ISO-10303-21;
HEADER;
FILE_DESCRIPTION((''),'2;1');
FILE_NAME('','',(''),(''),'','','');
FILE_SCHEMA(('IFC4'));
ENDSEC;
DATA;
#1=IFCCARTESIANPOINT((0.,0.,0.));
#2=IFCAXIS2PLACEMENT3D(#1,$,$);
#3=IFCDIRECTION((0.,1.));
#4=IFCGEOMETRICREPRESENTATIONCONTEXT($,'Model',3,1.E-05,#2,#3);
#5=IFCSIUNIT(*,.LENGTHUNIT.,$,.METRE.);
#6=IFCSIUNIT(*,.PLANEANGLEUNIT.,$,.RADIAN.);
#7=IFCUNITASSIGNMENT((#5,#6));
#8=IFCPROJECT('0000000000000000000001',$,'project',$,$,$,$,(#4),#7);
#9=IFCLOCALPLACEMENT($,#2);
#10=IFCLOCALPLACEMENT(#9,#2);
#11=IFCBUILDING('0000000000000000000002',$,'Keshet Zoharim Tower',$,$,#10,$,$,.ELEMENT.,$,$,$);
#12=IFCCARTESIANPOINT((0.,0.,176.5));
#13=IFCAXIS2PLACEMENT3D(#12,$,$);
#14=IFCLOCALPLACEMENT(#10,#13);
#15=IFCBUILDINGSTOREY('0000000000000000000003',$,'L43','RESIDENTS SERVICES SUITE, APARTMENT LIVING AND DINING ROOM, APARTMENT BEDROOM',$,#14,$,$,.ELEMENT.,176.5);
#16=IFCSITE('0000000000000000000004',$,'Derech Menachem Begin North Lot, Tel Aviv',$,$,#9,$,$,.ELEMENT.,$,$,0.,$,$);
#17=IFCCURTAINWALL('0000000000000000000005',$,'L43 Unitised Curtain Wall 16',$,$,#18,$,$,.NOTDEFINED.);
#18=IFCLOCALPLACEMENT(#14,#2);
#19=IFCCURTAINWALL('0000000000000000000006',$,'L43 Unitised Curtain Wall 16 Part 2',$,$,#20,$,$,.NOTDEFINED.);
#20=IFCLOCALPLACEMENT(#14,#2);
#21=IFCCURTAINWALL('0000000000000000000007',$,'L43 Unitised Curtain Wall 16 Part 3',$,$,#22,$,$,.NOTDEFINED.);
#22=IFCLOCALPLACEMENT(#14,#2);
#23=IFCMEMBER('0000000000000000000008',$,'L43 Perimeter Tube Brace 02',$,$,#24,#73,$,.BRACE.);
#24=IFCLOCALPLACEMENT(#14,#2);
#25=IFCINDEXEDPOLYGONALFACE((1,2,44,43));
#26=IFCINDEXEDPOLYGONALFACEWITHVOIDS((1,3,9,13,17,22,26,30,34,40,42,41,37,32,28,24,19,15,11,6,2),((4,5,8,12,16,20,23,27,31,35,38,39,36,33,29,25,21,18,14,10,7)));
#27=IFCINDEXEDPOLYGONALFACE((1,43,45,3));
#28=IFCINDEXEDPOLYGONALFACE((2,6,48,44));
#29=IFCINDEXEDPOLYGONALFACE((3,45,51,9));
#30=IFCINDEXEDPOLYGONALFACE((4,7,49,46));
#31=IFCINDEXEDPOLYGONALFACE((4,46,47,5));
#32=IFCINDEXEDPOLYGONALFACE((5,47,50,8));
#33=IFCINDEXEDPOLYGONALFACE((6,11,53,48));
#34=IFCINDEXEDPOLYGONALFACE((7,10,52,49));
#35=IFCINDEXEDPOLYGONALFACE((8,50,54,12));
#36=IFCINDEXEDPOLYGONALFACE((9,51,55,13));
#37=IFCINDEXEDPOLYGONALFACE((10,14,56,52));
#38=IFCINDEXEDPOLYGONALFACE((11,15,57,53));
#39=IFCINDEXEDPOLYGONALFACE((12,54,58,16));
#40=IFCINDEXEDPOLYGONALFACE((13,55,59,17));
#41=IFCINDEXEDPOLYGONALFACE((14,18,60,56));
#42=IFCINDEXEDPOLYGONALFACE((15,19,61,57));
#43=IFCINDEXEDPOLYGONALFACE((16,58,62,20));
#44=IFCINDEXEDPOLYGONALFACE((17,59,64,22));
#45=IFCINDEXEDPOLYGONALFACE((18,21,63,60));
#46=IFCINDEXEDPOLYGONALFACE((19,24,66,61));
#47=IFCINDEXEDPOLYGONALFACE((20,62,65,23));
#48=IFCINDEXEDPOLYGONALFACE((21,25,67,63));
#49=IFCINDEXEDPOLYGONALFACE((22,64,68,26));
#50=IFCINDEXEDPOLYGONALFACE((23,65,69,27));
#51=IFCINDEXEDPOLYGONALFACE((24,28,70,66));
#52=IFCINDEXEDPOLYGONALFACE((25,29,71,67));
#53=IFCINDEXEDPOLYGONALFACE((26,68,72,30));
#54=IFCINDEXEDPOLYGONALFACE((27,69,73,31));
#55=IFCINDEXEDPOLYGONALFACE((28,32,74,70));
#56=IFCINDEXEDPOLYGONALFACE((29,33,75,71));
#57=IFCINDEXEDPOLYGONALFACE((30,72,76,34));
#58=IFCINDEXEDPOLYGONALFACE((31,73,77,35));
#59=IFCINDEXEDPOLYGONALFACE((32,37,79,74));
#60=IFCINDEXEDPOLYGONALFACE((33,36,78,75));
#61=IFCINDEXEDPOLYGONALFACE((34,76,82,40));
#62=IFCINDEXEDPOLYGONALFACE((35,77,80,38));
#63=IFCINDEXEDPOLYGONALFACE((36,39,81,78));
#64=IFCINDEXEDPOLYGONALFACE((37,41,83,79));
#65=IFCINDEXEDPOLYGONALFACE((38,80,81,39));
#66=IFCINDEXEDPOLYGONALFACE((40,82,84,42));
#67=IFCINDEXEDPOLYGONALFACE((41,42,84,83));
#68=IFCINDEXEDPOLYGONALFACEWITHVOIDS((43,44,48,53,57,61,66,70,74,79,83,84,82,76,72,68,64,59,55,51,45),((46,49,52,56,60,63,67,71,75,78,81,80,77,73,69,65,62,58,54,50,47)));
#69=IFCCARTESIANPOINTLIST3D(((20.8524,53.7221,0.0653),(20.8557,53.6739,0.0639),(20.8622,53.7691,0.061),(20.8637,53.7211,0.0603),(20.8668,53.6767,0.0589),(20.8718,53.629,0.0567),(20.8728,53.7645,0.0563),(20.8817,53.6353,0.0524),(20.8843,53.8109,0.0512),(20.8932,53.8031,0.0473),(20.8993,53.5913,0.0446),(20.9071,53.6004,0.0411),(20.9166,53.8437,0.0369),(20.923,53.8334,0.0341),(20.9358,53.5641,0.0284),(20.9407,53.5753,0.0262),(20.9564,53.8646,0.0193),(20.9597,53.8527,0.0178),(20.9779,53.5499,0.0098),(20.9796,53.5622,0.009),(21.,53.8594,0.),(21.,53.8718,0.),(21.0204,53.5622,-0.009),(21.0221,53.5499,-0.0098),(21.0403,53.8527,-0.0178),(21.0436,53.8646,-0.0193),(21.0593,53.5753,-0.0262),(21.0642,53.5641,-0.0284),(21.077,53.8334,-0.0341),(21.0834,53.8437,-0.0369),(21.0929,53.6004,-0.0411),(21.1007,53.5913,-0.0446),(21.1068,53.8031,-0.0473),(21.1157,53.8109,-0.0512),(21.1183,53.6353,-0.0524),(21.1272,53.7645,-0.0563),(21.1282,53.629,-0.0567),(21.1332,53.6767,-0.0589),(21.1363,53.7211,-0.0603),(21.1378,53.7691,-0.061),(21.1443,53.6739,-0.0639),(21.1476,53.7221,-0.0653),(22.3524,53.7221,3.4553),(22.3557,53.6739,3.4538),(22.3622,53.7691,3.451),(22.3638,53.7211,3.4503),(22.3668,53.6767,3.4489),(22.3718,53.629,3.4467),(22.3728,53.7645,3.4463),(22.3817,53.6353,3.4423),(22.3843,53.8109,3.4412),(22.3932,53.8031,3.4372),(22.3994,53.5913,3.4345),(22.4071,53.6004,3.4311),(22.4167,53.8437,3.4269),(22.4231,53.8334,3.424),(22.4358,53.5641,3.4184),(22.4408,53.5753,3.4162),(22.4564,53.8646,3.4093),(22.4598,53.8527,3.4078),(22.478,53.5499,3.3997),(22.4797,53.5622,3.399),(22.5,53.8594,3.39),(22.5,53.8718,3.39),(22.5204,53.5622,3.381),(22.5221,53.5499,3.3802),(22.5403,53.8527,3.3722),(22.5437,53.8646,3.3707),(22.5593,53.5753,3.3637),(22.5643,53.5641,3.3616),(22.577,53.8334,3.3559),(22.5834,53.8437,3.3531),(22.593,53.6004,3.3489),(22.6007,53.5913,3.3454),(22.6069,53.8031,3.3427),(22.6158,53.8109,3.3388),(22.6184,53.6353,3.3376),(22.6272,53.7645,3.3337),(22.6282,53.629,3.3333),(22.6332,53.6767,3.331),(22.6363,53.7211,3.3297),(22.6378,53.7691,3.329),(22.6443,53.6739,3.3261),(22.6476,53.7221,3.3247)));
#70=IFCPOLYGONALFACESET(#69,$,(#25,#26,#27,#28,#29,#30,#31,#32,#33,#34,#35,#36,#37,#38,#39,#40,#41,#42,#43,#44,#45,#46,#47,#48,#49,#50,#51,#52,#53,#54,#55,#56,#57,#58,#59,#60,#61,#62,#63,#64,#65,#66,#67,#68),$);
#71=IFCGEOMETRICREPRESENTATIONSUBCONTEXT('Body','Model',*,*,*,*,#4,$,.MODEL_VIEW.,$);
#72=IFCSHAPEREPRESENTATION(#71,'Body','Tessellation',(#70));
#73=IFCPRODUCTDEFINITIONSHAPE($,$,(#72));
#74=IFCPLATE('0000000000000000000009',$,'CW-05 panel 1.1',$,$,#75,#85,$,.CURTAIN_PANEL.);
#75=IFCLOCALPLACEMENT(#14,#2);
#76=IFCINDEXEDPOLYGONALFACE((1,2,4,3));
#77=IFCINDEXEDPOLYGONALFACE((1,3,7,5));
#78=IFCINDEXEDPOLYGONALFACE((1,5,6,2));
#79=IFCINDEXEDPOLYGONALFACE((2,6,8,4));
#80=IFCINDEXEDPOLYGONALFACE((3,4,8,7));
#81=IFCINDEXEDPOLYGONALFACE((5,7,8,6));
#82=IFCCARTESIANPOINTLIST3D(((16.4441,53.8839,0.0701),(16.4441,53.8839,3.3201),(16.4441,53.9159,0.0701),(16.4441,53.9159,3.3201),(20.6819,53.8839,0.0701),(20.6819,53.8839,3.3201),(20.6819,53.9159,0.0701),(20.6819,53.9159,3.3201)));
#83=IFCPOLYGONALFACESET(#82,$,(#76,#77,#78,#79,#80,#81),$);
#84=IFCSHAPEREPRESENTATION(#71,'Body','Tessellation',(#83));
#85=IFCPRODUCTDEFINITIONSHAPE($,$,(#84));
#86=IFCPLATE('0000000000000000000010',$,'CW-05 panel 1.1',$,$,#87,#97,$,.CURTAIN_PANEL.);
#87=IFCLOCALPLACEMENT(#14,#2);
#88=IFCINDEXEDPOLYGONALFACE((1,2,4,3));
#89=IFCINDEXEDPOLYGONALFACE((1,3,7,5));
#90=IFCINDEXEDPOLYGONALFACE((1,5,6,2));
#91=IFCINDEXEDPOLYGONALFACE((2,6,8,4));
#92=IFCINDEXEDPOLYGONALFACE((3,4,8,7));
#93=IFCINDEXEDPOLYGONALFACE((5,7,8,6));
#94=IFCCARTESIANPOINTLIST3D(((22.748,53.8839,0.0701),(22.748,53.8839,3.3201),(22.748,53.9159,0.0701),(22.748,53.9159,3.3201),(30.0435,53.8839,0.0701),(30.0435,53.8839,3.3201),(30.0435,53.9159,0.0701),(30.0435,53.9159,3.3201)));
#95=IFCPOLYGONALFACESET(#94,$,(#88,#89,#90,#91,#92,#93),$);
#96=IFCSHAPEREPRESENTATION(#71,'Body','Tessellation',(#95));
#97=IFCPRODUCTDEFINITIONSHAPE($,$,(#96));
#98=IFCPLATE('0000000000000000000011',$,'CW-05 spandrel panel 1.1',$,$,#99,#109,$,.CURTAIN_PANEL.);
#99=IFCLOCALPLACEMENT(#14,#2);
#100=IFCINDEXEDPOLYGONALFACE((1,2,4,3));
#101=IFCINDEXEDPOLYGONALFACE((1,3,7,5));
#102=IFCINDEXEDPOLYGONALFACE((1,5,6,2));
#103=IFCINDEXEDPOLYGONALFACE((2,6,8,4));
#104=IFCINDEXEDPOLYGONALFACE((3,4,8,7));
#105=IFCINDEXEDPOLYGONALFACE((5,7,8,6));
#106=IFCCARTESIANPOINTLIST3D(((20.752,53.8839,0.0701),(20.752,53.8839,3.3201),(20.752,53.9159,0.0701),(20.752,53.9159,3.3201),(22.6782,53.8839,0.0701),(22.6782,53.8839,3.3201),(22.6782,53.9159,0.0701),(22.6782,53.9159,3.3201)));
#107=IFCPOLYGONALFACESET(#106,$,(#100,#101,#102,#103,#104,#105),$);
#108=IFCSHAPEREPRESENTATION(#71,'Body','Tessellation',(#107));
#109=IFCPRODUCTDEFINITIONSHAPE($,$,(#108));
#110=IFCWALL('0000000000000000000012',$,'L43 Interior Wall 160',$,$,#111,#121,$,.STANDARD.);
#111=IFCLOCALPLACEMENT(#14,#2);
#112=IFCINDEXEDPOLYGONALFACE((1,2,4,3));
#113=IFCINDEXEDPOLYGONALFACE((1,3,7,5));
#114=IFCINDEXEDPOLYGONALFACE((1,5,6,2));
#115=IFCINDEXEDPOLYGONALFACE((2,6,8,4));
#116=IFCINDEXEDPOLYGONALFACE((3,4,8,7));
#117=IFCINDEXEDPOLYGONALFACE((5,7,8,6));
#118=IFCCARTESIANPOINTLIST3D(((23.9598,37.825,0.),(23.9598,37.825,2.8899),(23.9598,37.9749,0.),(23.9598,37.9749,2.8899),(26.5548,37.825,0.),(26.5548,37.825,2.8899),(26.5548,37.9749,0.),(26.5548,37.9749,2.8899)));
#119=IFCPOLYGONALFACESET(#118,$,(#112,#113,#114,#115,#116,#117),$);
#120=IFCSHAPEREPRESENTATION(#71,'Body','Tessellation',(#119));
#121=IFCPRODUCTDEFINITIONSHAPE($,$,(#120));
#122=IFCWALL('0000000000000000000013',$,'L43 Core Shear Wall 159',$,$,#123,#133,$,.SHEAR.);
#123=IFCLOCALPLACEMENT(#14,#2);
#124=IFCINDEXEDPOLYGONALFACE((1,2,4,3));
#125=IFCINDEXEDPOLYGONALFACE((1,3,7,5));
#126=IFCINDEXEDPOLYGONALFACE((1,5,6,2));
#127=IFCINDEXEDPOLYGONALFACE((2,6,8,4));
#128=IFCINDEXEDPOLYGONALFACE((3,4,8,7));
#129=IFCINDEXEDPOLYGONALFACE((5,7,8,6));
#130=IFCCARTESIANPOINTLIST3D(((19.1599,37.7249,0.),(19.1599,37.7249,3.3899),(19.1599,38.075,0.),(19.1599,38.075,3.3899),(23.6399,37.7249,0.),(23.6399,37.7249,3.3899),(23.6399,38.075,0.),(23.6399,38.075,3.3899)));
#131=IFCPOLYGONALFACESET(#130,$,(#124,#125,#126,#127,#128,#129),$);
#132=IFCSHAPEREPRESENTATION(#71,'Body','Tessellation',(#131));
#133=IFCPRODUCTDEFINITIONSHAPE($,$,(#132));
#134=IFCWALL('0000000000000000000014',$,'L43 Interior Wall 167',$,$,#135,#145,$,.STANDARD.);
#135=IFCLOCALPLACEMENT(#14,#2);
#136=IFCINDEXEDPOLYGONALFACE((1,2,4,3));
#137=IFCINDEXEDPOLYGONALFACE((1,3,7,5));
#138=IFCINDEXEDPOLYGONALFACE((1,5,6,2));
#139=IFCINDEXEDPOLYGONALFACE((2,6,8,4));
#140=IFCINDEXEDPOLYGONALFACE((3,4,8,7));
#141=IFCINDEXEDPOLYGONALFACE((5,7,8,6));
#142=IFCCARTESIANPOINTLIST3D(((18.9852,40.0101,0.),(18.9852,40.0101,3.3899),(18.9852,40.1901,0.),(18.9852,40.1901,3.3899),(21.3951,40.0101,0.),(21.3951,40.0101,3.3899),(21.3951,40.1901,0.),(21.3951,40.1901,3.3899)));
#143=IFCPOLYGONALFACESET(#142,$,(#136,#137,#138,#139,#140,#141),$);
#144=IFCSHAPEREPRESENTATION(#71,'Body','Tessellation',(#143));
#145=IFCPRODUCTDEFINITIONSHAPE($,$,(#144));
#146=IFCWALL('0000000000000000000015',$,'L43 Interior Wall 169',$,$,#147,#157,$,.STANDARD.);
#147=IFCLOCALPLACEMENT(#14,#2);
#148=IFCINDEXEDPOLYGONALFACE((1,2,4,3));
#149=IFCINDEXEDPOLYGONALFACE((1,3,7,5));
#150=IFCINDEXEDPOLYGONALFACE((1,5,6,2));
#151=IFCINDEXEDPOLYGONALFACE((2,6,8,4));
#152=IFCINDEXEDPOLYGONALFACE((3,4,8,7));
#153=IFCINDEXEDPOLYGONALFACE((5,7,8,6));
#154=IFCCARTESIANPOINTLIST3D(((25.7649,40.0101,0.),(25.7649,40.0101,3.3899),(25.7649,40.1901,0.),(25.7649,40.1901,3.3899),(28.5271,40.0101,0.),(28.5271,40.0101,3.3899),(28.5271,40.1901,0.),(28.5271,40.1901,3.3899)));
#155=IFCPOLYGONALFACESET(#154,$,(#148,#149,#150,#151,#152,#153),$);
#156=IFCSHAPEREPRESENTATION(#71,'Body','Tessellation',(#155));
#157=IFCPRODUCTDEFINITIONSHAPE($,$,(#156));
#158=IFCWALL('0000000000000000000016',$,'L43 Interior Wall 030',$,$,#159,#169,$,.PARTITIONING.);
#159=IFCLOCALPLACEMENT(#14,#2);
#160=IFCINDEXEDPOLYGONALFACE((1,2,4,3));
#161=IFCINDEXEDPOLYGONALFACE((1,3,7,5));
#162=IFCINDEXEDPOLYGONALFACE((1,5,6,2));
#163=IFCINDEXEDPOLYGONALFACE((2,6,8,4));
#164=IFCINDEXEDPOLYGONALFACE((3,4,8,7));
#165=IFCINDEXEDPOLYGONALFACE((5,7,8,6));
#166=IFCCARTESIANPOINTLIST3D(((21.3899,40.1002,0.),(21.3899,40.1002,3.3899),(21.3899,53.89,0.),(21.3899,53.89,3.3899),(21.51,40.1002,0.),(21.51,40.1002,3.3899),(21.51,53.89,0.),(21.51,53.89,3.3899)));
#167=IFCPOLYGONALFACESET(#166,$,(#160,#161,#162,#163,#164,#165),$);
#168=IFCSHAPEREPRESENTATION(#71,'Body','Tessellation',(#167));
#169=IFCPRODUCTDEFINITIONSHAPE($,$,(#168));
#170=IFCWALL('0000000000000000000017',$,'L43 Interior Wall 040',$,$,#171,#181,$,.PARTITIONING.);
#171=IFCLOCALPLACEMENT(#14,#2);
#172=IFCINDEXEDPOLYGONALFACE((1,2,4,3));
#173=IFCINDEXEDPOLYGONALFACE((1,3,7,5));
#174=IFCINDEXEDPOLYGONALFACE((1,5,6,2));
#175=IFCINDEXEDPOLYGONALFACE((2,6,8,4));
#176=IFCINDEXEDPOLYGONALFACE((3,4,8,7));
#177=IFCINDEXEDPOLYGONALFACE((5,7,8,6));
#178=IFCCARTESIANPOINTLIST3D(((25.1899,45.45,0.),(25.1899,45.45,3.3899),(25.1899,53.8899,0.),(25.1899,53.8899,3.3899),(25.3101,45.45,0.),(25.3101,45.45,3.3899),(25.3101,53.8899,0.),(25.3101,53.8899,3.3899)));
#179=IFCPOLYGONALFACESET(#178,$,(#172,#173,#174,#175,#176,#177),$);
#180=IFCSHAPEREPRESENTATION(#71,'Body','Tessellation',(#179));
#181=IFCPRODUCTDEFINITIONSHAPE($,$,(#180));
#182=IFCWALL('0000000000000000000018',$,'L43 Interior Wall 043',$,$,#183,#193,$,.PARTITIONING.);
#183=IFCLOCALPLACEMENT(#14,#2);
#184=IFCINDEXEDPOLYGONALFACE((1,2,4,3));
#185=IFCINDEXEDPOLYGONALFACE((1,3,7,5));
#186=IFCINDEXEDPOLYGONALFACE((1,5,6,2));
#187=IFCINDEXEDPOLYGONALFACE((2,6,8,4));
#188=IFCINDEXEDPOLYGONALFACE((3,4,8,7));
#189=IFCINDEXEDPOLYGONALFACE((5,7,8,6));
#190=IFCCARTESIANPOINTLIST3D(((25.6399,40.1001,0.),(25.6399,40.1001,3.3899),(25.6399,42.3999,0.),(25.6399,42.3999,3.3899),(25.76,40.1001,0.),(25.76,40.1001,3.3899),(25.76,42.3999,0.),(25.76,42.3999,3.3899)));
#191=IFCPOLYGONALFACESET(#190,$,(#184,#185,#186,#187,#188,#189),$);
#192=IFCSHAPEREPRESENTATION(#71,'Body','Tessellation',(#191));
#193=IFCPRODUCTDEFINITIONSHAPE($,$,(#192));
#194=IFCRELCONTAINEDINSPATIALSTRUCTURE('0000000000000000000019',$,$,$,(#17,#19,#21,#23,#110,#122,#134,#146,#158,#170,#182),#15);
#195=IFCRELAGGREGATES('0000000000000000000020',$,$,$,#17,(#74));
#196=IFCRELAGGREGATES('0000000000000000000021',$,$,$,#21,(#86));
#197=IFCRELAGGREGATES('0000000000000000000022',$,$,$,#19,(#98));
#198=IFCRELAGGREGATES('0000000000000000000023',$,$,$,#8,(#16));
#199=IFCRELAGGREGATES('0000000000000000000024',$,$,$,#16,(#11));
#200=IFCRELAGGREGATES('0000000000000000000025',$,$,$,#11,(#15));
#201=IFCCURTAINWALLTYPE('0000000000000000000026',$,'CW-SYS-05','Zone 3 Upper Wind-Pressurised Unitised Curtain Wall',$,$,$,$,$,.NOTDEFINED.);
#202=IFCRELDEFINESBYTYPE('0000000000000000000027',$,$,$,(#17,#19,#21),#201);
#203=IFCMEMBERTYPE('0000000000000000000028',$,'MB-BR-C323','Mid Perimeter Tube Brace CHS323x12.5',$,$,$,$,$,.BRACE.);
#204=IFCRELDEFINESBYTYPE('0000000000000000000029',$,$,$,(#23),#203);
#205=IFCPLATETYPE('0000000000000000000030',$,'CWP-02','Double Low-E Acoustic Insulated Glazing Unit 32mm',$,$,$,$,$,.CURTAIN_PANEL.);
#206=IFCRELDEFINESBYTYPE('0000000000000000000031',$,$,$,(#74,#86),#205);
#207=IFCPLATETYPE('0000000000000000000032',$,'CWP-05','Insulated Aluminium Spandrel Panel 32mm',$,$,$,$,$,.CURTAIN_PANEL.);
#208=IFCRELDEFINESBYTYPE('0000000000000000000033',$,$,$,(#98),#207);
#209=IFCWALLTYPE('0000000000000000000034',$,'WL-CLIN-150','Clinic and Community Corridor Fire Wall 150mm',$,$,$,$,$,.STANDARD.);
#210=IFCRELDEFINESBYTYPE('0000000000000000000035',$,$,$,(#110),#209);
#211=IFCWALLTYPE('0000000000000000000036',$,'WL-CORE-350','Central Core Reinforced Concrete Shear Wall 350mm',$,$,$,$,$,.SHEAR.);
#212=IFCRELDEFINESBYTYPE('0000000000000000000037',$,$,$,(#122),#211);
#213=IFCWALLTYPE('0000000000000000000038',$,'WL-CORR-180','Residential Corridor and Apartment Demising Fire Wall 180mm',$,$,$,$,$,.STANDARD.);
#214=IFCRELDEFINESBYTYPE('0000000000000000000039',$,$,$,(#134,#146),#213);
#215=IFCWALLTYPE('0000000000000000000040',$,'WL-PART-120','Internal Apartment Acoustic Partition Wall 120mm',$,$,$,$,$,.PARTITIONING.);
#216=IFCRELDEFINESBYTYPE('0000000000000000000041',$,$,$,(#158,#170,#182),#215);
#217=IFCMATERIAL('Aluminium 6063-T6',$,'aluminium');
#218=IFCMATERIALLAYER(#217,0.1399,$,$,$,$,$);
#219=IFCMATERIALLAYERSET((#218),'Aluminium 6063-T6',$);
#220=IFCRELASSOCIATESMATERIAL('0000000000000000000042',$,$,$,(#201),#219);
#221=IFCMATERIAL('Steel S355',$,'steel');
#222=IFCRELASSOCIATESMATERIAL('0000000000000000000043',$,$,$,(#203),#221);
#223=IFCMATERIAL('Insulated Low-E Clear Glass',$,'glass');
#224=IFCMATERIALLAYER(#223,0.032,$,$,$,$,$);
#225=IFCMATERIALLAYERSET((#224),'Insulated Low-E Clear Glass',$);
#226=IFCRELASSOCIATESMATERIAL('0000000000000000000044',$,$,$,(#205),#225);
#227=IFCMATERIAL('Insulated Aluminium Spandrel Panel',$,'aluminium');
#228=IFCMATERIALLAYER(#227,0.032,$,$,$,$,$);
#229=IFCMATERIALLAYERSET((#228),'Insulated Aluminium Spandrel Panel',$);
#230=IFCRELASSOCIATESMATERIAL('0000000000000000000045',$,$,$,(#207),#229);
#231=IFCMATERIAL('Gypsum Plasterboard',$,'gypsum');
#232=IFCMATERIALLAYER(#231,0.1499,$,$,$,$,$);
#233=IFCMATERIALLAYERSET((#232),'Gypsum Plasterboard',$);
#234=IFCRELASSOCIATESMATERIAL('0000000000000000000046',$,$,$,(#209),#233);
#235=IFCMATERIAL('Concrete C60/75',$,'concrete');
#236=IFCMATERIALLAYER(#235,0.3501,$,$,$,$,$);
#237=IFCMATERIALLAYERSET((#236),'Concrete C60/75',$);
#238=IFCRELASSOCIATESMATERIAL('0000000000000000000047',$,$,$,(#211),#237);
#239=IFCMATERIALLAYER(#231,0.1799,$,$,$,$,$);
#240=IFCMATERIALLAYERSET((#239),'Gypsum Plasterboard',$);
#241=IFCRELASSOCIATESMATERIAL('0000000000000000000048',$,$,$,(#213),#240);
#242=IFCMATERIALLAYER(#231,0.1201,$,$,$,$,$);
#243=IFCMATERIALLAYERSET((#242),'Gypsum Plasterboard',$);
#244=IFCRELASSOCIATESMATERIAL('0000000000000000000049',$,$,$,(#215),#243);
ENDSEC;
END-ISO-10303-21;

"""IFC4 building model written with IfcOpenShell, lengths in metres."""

from ifc_helpers import new_model, si_unit, direction, frame, frame_2d, origin, origin_2d, place, context, subcontext, project, spatial, rectangle, hollow_circle, extrude, material, layer, layer_set, material_profile, profile_set, type_object, element, aggregate, save


model = new_model("IFC4")

# Units and contexts
model_context = context("Model", 3, precision=1e-05, world=origin(), true_north=direction((0.0, 1.0)))
body_context = subcontext(model_context, "Body", "Model", "MODEL_VIEW")
ifc_project = project(units=[si_unit("LENGTHUNIT", "METRE"), si_unit("PLANEANGLEUNIT", "RADIAN")], contexts=[model_context])

# Site, building, storey
site_placement = place(None, origin())
site = spatial("IfcSite", under=ifc_project, at=site_placement, Name="Derech Menachem Begin North Lot, Tel Aviv", CompositionType="ELEMENT", RefElevation=0.0)
building_placement = place(site_placement, origin())
building = spatial("IfcBuilding", under=site, at=building_placement, Name="Keshet Zoharim Tower", CompositionType="ELEMENT")
storey_placement = place(building_placement, frame((0.0, 0.0, 176.5)))
storey = spatial("IfcBuildingStorey", under=building, at=storey_placement, Name="L43", Description="RESIDENTS SERVICES SUITE, APARTMENT LIVING AND DINING ROOM, APARTMENT BEDROOM", CompositionType="ELEMENT", Elevation=176.5)

# Shared definitions
ifc_material_1 = material(Name="Steel S355", Category="steel")

# Curtain wall
ifc_material_2 = material(Name="Aluminium 6063-T6", Category="aluminium")
ifc_layer_1 = layer(ifc_material_2, 0.1399)
ifc_layer_set_1 = layer_set([ifc_layer_1], Name="Aluminium 6063-T6")
curtain_wall_type = type_object("IfcCurtainWallType", Name="CW-SYS-05", Description="Zone 3 Upper Wind-Pressurised Unitised Curtain Wall", PredefinedType="NOTDEFINED", material=ifc_layer_set_1)
curtain_wall_1_placement = place(storey_placement, origin())
curtain_wall_1 = element("IfcCurtainWall", 1, at=curtain_wall_1_placement, inside=storey, type_object=curtain_wall_type, Name="L43 Unitised Curtain Wall 16", PredefinedType="NOTDEFINED")

# Curtain walls
curtain_wall_2_placement = place(storey_placement, origin())
curtain_wall_2 = element("IfcCurtainWall", 2, at=curtain_wall_2_placement, inside=storey, type_object=curtain_wall_type, Name="L43 Unitised Curtain Wall 16 Part 2", PredefinedType="NOTDEFINED")
curtain_wall_3_placement = place(storey_placement, origin())
curtain_wall_3 = element("IfcCurtainWall", 3, at=curtain_wall_3_placement, inside=storey, type_object=curtain_wall_type, Name="L43 Unitised Curtain Wall 16 Part 3", PredefinedType="NOTDEFINED")

# Member
ifc_material_profile_1 = material_profile(ifc_material_1, hollow_circle(Radius=0.1619, WallThickness=0.0125, at=origin_2d()), Name="CHS323x12.5")
ifc_profile_set_1 = profile_set([ifc_material_profile_1], Name="Steel S355")
member_type_1 = type_object("IfcMemberType", Name="MB-BR-C323", Description="Mid Perimeter Tube Brace CHS323x12.5", PredefinedType="BRACE", material=ifc_profile_set_1)
member_1_placement = place(storey_placement, frame((21.0, 53.71, 0.0), z_axis=(0.404647, 0.0, 0.914473), x_axis=(0.0, 1.0, 0.0)))
element("IfcMember", 4, at=member_1_placement, inside=storey, type_object=member_type_1, Name="L43 Perimeter Tube Brace 02", PredefinedType="BRACE", context=body_context, shape_type="SweptSolid", body=[
    extrude(hollow_circle(Radius=0.1619, WallThickness=0.0125, at=origin_2d()), origin(), (0.0, 0.0, 1.0), 3.707),
])

# Plates
ifc_material_3 = material(Name="Insulated Low-E Clear Glass", Category="glass")
ifc_layer_2 = layer(ifc_material_3, 0.032)
ifc_layer_set_2 = layer_set([ifc_layer_2], Name="Insulated Low-E Clear Glass")
plate_type_1 = type_object("IfcPlateType", Name="CWP-02", Description="Double Low-E Acoustic Insulated Glazing Unit 32mm", PredefinedType="CURTAIN_PANEL", material=ifc_layer_set_2)
plate_1_placement = place(storey_placement, frame((18.563, 53.8999, 0.0701), z_axis=(0.0, 0.0, 1.0), x_axis=(1.0, 0.0, 0.0)))
plate_1 = element("IfcPlate", 5, at=plate_1_placement, type_object=plate_type_1, Name="CW-05 panel 1.1", PredefinedType="CURTAIN_PANEL", context=body_context, shape_type="SweptSolid", body=[
    extrude(rectangle(XDim=4.2378, YDim=0.032, at=origin_2d()), origin(), (0.0, 0.0, 1.0), 3.25),
])
aggregate(curtain_wall_1, [plate_1])
plate_2_placement = place(storey_placement, frame((26.3958, 53.8999, 0.0701), z_axis=(0.0, 0.0, 1.0), x_axis=(1.0, 0.0, 0.0)))
plate_2 = element("IfcPlate", 6, at=plate_2_placement, type_object=plate_type_1, Name="CW-05 panel 1.1", PredefinedType="CURTAIN_PANEL", context=body_context, shape_type="SweptSolid", body=[
    extrude(rectangle(XDim=7.2954, YDim=0.032, at=origin_2d()), origin(), (0.0, 0.0, 1.0), 3.25),
])
aggregate(curtain_wall_3, [plate_2])
ifc_material_4 = material(Name="Insulated Aluminium Spandrel Panel", Category="aluminium")
ifc_layer_3 = layer(ifc_material_4, 0.032)
ifc_layer_set_3 = layer_set([ifc_layer_3], Name="Insulated Aluminium Spandrel Panel")
plate_type_2 = type_object("IfcPlateType", Name="CWP-05", Description="Insulated Aluminium Spandrel Panel 32mm", PredefinedType="CURTAIN_PANEL", material=ifc_layer_set_3)
plate_3_placement = place(storey_placement, frame((21.7151, 53.8999, 0.0701), z_axis=(0.0, 0.0, 1.0), x_axis=(1.0, 0.0, 0.0)))
plate_3 = element("IfcPlate", 7, at=plate_3_placement, type_object=plate_type_2, Name="CW-05 spandrel panel 1.1", PredefinedType="CURTAIN_PANEL", context=body_context, shape_type="SweptSolid", body=[
    extrude(rectangle(XDim=1.9263, YDim=0.032, at=origin_2d()), origin(), (0.0, 0.0, 1.0), 3.25),
])
aggregate(curtain_wall_2, [plate_3])

# Walls
ifc_material_5 = material(Name="Gypsum Plasterboard", Category="gypsum")
ifc_layer_4 = layer(ifc_material_5, 0.1499)
ifc_layer_set_4 = layer_set([ifc_layer_4], Name="Gypsum Plasterboard")
wall_type_1 = type_object("IfcWallType", Name="WL-CLIN-150", Description="Clinic and Community Corridor Fire Wall 150mm", PredefinedType="STANDARD", material=ifc_layer_set_4)
wall_1_placement = place(storey_placement, frame((23.96, 37.8999, 0.0), z_axis=(0.0, 0.0, 1.0), x_axis=(1.0, 0.0, 0.0)))
element("IfcWall", 8, at=wall_1_placement, inside=storey, type_object=wall_type_1, Name="L43 Interior Wall 160", PredefinedType="STANDARD", context=body_context, shape_type="SweptSolid", body=[
    extrude(rectangle(XDim=2.595, YDim=0.1499, at=frame_2d((1.2974, 0.0))), origin(), (0.0, 0.0, 1.0), 2.8899),
])
ifc_material_6 = material(Name="Concrete C60/75", Category="concrete")
ifc_layer_5 = layer(ifc_material_6, 0.3501)
ifc_layer_set_5 = layer_set([ifc_layer_5], Name="Concrete C60/75")
wall_type_2 = type_object("IfcWallType", Name="WL-CORE-350", Description="Central Core Reinforced Concrete Shear Wall 350mm", PredefinedType="SHEAR", material=ifc_layer_set_5)
wall_2_placement = place(storey_placement, frame((19.1599, 37.8999, 0.0), z_axis=(0.0, 0.0, 1.0), x_axis=(1.0, 0.0, 0.0)))
element("IfcWall", 9, at=wall_2_placement, inside=storey, type_object=wall_type_2, Name="L43 Core Shear Wall 159", PredefinedType="SHEAR", context=body_context, shape_type="SweptSolid", body=[
    extrude(rectangle(XDim=4.48, YDim=0.3501, at=frame_2d((2.24, 0.0))), origin(), (0.0, 0.0, 1.0), 3.3899),
])
ifc_layer_6 = layer(ifc_material_5, 0.1799)
ifc_layer_set_6 = layer_set([ifc_layer_6], Name="Gypsum Plasterboard")
wall_type_3 = type_object("IfcWallType", Name="WL-CORR-180", Description="Residential Corridor and Apartment Demising Fire Wall 180mm", PredefinedType="STANDARD", material=ifc_layer_set_6)
wall_3_placement = place(storey_placement, frame((18.9851, 40.1001, 0.0), z_axis=(0.0, 0.0, 1.0), x_axis=(1.0, 0.0, 0.0)))
element("IfcWall", 10, at=wall_3_placement, inside=storey, type_object=wall_type_3, Name="L43 Interior Wall 167", PredefinedType="STANDARD", context=body_context, shape_type="SweptSolid", body=[
    extrude(rectangle(XDim=2.4099, YDim=0.1799, at=frame_2d((1.2051, 0.0))), origin(), (0.0, 0.0, 1.0), 3.3899),
])

# Wall
wall_4_placement = place(storey_placement, frame((25.7649, 40.1001, 0.0), z_axis=(0.0, 0.0, 1.0), x_axis=(1.0, 0.0, 0.0)))
element("IfcWall", 11, at=wall_4_placement, inside=storey, type_object=wall_type_3, Name="L43 Interior Wall 169", PredefinedType="STANDARD", context=body_context, shape_type="SweptSolid", body=[
    extrude(rectangle(XDim=2.7622, YDim=0.1799, at=frame_2d((1.3811, 0.0))), origin(), (0.0, 0.0, 1.0), 3.3899),
])

# Shared definitions
ifc_layer_7 = layer(ifc_material_5, 0.1201)
ifc_layer_set_7 = layer_set([ifc_layer_7], Name="Gypsum Plasterboard")
wall_type_4 = type_object("IfcWallType", Name="WL-PART-120", Description="Internal Apartment Acoustic Partition Wall 120mm", PredefinedType="PARTITIONING", material=ifc_layer_set_7)

# Walls
wall_5_placement = place(storey_placement, frame((21.45, 40.1001, 0.0), z_axis=(0.0, 0.0, 1.0), x_axis=(0.0, 1.0, 0.0)))
element("IfcWall", 12, at=wall_5_placement, inside=storey, type_object=wall_type_4, Name="L43 Interior Wall 030", PredefinedType="PARTITIONING", context=body_context, shape_type="SweptSolid", body=[
    extrude(rectangle(XDim=13.7898, YDim=0.1201, at=frame_2d((6.895, 0.0))), origin(), (0.0, 0.0, 1.0), 3.3899),
])
wall_6_placement = place(storey_placement, frame((25.25, 45.45, 0.0), z_axis=(0.0, 0.0, 1.0), x_axis=(0.0, 1.0, 0.0)))
element("IfcWall", 13, at=wall_6_placement, inside=storey, type_object=wall_type_4, Name="L43 Interior Wall 040", PredefinedType="PARTITIONING", context=body_context, shape_type="SweptSolid", body=[
    extrude(rectangle(XDim=8.4399, YDim=0.1201, at=frame_2d((4.22, 0.0))), origin(), (0.0, 0.0, 1.0), 3.3899),
])
wall_7_placement = place(storey_placement, frame((25.7, 40.1001, 0.0), z_axis=(0.0, 0.0, 1.0), x_axis=(0.0, 1.0, 0.0)))
element("IfcWall", 14, at=wall_7_placement, inside=storey, type_object=wall_type_4, Name="L43 Interior Wall 043", PredefinedType="PARTITIONING", context=body_context, shape_type="SweptSolid", body=[
    extrude(rectangle(XDim=2.2998, YDim=0.1201, at=frame_2d((1.1499, 0.0))), origin(), (0.0, 0.0, 1.0), 3.3899),
])

save(model, "model.ifc")
